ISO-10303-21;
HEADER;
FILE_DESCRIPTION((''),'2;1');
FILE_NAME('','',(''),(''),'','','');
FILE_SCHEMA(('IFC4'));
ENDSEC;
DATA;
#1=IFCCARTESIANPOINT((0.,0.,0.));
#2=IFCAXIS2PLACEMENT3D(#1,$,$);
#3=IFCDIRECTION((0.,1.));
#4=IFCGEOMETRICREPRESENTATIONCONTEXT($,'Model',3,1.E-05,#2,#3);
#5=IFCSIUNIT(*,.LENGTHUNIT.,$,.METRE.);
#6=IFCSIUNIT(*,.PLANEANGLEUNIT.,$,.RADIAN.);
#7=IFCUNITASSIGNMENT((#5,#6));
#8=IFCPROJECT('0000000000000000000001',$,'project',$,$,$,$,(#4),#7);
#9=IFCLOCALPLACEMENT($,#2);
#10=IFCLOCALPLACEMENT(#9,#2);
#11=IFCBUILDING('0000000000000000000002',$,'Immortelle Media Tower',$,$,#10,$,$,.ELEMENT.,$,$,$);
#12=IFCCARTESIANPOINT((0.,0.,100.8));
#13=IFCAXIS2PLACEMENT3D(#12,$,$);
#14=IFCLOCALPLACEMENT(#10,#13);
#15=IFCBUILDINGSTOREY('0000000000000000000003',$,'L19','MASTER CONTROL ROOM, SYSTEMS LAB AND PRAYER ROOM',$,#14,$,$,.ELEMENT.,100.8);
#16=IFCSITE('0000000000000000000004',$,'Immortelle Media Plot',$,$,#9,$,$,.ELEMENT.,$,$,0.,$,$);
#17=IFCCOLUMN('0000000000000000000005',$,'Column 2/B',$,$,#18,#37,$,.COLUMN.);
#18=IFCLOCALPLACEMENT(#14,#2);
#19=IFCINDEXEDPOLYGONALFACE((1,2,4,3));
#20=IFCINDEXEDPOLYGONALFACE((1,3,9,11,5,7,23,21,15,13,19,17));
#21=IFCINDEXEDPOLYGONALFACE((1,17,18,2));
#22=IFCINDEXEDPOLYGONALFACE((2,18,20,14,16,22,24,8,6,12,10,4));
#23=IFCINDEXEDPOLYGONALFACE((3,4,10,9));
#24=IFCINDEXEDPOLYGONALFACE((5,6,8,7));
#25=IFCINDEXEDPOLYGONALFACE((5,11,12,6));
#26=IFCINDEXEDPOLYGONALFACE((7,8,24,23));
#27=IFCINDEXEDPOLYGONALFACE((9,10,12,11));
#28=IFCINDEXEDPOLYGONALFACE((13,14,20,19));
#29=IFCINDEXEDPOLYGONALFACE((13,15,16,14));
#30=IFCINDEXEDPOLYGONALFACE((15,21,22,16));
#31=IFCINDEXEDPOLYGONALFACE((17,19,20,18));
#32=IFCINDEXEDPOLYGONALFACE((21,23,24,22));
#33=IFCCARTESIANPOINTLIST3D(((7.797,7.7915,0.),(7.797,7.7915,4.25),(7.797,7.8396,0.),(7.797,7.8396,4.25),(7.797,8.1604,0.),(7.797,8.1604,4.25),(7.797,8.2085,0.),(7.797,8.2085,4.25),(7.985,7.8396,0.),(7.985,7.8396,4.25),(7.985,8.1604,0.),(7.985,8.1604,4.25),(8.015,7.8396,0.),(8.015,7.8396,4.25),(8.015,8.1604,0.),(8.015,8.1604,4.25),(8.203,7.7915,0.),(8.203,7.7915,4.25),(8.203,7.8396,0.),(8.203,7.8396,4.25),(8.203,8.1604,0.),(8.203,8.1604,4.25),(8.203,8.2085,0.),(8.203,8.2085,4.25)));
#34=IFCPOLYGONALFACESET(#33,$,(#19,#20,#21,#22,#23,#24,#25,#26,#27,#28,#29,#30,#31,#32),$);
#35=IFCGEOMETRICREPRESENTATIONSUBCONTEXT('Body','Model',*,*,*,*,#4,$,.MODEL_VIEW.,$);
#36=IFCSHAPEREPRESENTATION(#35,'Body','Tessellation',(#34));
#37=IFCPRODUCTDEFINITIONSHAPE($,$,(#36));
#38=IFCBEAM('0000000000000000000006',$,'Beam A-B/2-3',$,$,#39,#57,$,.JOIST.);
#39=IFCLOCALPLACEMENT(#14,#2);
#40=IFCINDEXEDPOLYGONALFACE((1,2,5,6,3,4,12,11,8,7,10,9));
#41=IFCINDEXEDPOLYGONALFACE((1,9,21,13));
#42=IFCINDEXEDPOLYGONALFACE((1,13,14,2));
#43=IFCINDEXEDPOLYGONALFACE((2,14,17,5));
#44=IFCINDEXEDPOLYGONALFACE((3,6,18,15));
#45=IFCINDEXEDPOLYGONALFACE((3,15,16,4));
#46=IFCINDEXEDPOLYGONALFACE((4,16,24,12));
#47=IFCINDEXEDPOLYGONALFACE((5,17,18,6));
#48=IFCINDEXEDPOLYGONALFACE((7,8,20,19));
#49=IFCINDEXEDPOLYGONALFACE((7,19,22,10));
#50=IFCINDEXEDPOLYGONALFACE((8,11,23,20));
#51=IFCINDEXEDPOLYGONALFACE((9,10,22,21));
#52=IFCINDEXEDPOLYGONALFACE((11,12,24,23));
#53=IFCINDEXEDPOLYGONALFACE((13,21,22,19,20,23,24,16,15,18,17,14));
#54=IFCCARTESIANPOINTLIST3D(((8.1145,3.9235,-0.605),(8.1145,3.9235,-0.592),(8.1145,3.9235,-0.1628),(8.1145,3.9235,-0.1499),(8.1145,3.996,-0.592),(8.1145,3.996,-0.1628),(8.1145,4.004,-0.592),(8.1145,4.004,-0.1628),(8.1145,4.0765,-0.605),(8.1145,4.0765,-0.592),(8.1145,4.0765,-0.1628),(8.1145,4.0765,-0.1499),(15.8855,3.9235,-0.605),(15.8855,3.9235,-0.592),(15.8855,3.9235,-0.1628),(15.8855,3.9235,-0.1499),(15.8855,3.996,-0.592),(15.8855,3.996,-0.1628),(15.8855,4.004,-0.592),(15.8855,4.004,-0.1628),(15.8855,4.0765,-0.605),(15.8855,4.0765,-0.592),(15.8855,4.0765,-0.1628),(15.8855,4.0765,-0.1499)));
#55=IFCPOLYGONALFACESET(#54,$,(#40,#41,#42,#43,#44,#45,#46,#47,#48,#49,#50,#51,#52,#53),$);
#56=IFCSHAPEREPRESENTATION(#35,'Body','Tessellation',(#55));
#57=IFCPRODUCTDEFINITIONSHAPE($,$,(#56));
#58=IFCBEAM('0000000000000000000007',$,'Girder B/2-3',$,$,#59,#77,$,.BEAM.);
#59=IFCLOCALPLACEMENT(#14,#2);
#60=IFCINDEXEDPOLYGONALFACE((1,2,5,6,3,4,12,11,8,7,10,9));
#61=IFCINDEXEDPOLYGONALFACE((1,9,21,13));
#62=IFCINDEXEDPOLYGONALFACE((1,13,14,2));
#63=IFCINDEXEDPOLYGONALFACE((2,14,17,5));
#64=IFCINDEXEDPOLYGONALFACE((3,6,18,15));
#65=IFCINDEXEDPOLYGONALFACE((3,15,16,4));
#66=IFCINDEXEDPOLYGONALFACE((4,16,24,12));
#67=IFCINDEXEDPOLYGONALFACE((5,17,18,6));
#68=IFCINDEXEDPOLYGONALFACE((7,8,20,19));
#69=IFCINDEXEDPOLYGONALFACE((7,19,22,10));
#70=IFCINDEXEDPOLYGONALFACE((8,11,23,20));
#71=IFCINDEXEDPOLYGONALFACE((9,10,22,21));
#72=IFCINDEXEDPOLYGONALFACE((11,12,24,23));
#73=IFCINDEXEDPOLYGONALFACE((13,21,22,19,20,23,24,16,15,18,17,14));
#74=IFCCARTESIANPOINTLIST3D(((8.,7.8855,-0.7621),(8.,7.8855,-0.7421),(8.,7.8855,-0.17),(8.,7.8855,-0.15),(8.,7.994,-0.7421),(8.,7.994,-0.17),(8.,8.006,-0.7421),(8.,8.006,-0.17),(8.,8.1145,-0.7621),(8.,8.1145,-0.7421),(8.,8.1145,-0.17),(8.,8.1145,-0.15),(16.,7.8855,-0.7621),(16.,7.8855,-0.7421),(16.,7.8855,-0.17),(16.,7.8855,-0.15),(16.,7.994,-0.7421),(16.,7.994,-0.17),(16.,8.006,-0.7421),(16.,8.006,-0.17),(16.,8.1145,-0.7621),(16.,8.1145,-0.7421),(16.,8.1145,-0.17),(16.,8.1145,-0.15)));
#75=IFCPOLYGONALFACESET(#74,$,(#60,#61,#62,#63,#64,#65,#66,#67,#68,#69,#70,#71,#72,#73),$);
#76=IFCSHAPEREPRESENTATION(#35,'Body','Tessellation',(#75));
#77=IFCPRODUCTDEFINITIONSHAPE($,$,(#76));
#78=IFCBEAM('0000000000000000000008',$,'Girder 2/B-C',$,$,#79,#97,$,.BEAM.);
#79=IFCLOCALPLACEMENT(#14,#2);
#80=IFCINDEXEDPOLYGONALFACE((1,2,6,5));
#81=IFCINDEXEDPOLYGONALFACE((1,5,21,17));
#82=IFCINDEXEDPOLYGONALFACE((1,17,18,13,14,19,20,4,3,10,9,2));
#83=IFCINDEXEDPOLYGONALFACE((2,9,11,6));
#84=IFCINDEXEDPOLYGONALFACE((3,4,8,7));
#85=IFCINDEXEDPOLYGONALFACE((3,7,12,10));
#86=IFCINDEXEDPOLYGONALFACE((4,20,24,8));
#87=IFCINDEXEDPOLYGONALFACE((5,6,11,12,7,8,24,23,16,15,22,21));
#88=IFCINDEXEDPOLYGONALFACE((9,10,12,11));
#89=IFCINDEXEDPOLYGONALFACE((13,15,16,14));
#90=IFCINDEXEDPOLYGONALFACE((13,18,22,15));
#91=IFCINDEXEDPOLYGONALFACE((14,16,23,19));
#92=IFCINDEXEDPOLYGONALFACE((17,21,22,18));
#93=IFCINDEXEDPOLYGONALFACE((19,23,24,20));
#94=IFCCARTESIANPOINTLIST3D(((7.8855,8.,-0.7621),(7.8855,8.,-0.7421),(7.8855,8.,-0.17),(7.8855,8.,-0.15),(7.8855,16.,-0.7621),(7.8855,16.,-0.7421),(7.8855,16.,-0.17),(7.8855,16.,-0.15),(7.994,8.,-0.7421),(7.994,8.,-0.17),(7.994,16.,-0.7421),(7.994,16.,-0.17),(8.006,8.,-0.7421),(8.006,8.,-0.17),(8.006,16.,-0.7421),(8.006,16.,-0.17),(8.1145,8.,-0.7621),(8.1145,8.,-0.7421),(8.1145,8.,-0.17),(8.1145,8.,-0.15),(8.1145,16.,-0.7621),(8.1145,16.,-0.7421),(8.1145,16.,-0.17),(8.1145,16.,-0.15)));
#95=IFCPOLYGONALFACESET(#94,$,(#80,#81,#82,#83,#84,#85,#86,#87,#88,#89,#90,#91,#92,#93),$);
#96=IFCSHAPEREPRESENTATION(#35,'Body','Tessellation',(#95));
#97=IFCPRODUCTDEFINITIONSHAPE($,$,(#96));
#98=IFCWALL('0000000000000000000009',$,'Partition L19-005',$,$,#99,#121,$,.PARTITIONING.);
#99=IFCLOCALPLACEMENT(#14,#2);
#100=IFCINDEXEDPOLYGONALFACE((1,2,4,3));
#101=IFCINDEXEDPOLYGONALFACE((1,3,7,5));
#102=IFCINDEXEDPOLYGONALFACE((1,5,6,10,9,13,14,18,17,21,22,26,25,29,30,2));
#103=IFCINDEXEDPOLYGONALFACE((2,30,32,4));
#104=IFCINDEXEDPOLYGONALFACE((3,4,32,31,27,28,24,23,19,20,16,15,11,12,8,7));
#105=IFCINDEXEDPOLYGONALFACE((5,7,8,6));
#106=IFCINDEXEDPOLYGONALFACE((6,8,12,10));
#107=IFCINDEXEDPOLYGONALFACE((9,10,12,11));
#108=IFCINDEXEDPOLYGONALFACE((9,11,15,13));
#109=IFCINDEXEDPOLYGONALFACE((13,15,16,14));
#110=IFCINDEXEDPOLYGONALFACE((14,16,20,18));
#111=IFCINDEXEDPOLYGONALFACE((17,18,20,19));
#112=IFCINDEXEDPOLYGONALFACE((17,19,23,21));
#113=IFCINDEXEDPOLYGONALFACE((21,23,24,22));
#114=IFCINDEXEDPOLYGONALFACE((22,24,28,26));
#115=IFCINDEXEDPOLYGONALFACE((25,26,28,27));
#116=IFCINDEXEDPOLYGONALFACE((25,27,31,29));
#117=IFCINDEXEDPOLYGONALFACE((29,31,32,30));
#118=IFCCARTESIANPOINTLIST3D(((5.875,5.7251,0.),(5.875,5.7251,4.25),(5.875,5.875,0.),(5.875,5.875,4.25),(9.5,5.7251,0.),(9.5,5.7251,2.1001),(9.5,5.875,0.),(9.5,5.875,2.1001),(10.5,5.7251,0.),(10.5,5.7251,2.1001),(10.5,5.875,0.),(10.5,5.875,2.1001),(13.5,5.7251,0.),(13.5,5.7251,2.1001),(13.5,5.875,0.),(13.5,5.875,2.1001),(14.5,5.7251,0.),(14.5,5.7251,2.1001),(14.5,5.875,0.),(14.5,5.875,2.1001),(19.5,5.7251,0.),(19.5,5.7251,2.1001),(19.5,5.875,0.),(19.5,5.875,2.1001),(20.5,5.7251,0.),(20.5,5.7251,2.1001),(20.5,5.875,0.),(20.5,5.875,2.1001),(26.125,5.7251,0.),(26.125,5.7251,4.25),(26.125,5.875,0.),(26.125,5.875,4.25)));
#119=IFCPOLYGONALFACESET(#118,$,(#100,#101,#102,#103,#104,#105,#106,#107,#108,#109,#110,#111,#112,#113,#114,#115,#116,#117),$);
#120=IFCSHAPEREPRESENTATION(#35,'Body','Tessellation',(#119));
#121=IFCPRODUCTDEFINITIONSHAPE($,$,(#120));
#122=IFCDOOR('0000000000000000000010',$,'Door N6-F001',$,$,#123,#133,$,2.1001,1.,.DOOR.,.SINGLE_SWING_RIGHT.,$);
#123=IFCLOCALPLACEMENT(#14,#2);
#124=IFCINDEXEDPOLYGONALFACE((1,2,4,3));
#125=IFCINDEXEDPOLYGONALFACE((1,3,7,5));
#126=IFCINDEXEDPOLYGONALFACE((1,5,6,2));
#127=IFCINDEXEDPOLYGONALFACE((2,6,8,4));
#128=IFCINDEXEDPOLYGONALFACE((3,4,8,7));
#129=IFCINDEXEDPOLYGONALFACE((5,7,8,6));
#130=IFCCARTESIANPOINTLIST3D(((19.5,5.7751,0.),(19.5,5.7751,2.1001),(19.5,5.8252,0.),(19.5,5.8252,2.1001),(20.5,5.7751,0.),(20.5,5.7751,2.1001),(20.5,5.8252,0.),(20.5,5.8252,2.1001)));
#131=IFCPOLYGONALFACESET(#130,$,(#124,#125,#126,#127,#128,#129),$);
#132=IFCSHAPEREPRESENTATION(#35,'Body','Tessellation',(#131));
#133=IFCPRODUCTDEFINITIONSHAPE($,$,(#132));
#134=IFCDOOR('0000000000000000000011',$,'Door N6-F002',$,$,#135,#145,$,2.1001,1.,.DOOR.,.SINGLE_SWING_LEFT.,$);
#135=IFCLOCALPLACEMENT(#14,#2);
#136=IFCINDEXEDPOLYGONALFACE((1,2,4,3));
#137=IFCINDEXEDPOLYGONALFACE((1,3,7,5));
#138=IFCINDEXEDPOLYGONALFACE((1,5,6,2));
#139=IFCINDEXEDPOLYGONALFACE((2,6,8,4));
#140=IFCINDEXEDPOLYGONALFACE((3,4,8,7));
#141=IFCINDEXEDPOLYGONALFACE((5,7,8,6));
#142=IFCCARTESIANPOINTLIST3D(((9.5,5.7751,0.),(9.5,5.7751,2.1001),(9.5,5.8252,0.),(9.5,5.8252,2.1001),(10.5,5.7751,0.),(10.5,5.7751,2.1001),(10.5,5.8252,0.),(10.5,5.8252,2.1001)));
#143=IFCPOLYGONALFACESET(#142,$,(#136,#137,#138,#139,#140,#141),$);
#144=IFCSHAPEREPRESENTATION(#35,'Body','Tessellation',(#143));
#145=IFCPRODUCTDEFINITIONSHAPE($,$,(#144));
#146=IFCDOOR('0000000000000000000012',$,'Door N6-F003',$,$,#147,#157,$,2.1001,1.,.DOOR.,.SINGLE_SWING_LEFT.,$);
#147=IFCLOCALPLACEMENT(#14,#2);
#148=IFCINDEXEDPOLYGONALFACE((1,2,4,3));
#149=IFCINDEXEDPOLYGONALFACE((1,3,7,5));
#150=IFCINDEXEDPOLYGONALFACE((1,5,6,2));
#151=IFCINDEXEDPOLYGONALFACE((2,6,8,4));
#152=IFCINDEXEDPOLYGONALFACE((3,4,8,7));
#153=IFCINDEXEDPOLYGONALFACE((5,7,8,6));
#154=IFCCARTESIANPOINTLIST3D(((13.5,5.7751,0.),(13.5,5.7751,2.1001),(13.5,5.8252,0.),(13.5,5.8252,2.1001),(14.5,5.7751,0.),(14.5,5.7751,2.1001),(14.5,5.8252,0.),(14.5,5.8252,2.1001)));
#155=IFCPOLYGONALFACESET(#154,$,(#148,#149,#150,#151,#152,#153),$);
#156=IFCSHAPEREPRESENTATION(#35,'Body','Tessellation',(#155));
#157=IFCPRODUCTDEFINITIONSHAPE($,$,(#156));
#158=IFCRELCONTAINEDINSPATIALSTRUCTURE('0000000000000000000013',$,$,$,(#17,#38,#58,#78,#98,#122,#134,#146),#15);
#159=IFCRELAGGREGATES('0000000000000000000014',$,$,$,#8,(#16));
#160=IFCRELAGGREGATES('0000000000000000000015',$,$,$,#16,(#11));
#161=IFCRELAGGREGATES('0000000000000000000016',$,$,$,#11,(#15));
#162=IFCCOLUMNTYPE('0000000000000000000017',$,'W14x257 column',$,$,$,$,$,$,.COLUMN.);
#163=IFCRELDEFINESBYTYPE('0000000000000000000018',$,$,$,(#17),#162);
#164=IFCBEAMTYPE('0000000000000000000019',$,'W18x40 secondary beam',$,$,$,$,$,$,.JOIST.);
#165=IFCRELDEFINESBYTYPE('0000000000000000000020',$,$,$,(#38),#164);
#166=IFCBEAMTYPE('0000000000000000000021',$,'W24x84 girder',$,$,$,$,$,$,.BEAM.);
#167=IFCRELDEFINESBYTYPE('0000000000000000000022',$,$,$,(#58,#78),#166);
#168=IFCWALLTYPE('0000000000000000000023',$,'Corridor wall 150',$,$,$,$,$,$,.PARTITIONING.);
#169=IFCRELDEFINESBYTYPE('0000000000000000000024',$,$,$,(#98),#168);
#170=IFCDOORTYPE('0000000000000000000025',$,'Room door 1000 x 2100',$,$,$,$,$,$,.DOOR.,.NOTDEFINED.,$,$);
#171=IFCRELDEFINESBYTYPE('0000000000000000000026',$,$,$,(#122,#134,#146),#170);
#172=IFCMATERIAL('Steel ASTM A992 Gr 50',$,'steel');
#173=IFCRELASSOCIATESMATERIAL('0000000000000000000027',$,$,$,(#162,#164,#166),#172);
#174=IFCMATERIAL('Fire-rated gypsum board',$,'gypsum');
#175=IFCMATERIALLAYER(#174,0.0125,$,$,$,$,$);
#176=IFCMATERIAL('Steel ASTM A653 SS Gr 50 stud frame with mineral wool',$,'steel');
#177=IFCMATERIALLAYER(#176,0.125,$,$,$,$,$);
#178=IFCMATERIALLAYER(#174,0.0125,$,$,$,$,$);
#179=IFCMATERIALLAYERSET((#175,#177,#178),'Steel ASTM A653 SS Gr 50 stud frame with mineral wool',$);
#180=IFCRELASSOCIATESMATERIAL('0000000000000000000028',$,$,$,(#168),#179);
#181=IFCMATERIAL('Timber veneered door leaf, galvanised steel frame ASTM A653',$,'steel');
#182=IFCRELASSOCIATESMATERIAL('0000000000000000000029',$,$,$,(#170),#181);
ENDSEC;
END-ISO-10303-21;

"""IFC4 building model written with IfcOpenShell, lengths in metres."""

from ifc_helpers import new_model, si_unit, direction, frame, frame_2d, origin, origin_2d, place, context, subcontext, project, spatial, rectangle, i_section, extrude, material, layer, layer_set, material_profile, profile_set, type_object, element, fill, save


model = new_model("IFC4")

# Units and contexts
model_context = context("Model", 3, precision=1e-05, world=origin(), true_north=direction((0.0, 1.0)))
body_context = subcontext(model_context, "Body", "Model", "MODEL_VIEW")
ifc_project = project(units=[si_unit("LENGTHUNIT", "METRE"), si_unit("PLANEANGLEUNIT", "RADIAN")], contexts=[model_context])

# Site, building, storey
site_placement = place(None, origin())
site = spatial("IfcSite", under=ifc_project, at=site_placement, Name="Immortelle Media Plot", CompositionType="ELEMENT", RefElevation=0.0)
building_placement = place(site_placement, origin())
building = spatial("IfcBuilding", under=site, at=building_placement, Name="Immortelle Media Tower", CompositionType="ELEMENT")
storey_placement = place(building_placement, frame((0.0, 0.0, 100.8)))
storey = spatial("IfcBuildingStorey", under=building, at=storey_placement, Name="L19", Description="MASTER CONTROL ROOM, SYSTEMS LAB AND PRAYER ROOM", CompositionType="ELEMENT", Elevation=100.8)

# Column
ifc_material_1 = material(Name="Steel ASTM A992 Gr 50", Category="steel")
ifc_material_profile_1 = material_profile(ifc_material_1, i_section(OverallWidth=0.406, OverallDepth=0.417, WebThickness=0.03, FlangeThickness=0.0481, at=origin_2d()), Name="W14x257")
ifc_profile_set_1 = profile_set([ifc_material_profile_1], Name="Steel ASTM A992 Gr 50")
column_type = type_object("IfcColumnType", Name="W14x257 column", PredefinedType="COLUMN", material=ifc_profile_set_1)
column_placement = place(storey_placement, frame((8.0, 8.0, 0.0), z_axis=(0.0, 0.0, 1.0), x_axis=(1.0, 0.0, 0.0)))
element("IfcColumn", 1, at=column_placement, inside=storey, type_object=column_type, Name="Column 2/B", PredefinedType="COLUMN", context=body_context, shape_type="SweptSolid", body=[
    extrude(i_section(OverallWidth=0.406, OverallDepth=0.417, WebThickness=0.03, FlangeThickness=0.0481, at=origin_2d()), origin(), (0.0, 0.0, 1.0), 4.25),
])

# Beams
ifc_material_profile_2 = material_profile(ifc_material_1, i_section(OverallWidth=0.1531, OverallDepth=0.4551, WebThickness=0.0081, FlangeThickness=0.0129, at=origin_2d()), Name="W18x40")
ifc_profile_set_2 = profile_set([ifc_material_profile_2], Name="Steel ASTM A992 Gr 50")
beam_type_1 = type_object("IfcBeamType", Name="W18x40 secondary beam", PredefinedType="JOIST", material=ifc_profile_set_2)
beam_placement = place(storey_placement, frame((8.1145, 4.0, -0.3774), z_axis=(1.0, 0.0, 0.0), x_axis=(0.0, 1.0, 0.0)))
element("IfcBeam", 2, at=beam_placement, inside=storey, type_object=beam_type_1, Name="Beam A-B/2-3", PredefinedType="JOIST", context=body_context, shape_type="SweptSolid", body=[
    extrude(i_section(OverallWidth=0.1531, OverallDepth=0.4551, WebThickness=0.0081, FlangeThickness=0.0129, at=origin_2d()), origin(), (0.0, 0.0, 1.0), 7.771),
])
ifc_material_profile_3 = material_profile(ifc_material_1, i_section(OverallWidth=0.229, OverallDepth=0.6121, WebThickness=0.012, FlangeThickness=0.02, at=origin_2d()), Name="W24x84")
ifc_profile_set_3 = profile_set([ifc_material_profile_3], Name="Steel ASTM A992 Gr 50")
beam_type_2 = type_object("IfcBeamType", Name="W24x84 girder", PredefinedType="BEAM", material=ifc_profile_set_3)
for number, where, z_axis, x_axis, name in (
    (3, (8.0, 8.0, -0.4561), (1.0, 0.0, 0.0), (0.0, 1.0, 0.0), "Girder B/2-3"),
    (4, (8.0, 8.0, -0.4561), (0.0, 1.0, 0.0), (-1.0, 0.0, 0.0), "Girder 2/B-C"),
):
    element("IfcBeam", number, at=place(storey_placement, frame(where, z_axis=z_axis, x_axis=x_axis)), inside=storey, type_object=beam_type_2, Name=name, PredefinedType="BEAM", context=body_context, shape_type="SweptSolid", body=[
        extrude(i_section(OverallWidth=0.229, OverallDepth=0.6121, WebThickness=0.012, FlangeThickness=0.02, at=origin_2d()), origin(), (0.0, 0.0, 1.0), 8.0),
    ])

# Wall, openings, doors
ifc_material_2 = material(Name="Fire-rated gypsum board", Category="gypsum")
ifc_layer_1 = layer(ifc_material_2, 0.0125)
ifc_material_3 = material(Name="Steel ASTM A653 SS Gr 50 stud frame with mineral wool", Category="steel")
ifc_layer_2 = layer(ifc_material_3, 0.125)
ifc_layer_3 = layer(ifc_material_2, 0.0125)
ifc_layer_set_1 = layer_set([ifc_layer_1, ifc_layer_2, ifc_layer_3], Name="Steel ASTM A653 SS Gr 50 stud frame with mineral wool")
wall_type_1 = type_object("IfcWallType", Name="Corridor wall 150", PredefinedType="PARTITIONING", material=ifc_layer_set_1)
wall_1_placement = place(storey_placement, frame((5.875, 5.8, 0.0), z_axis=(0.0, 0.0, 1.0), x_axis=(1.0, 0.0, 0.0)))
wall_1 = element("IfcWall", 5, at=wall_1_placement, inside=storey, type_object=wall_type_1, Name="Partition L19-005", PredefinedType="PARTITIONING", context=body_context, shape_type="SweptSolid", body=[
    extrude(rectangle(XDim=20.25, YDim=0.1499, at=frame_2d((10.125, 0.0))), origin(), (0.0, 0.0, 1.0), 4.25),
])
opening_1_placement = place(wall_1_placement, frame((14.625, 0.0, 0.0), z_axis=(0.0, 0.0, 1.0), x_axis=(-1.0, 0.0, 0.0)))
opening_1 = element("IfcOpeningElement", 6, at=opening_1_placement, cuts=wall_1, PredefinedType="OPENING", context=body_context, shape_type="SweptSolid", body=[
    extrude(rectangle(XDim=1.0, YDim=2.1001, at=frame_2d((0.5, 1.05))), frame((0.0, 0.085, 0.0), z_axis=(0.0, -1.0, 0.0), x_axis=(1.0, 0.0, 0.0)), (0.0, 0.0, 1.0), 0.1699),
])
opening_2_placement = place(wall_1_placement, frame((4.625, 0.0, 0.0), z_axis=(0.0, 0.0, 1.0), x_axis=(-1.0, 0.0, 0.0)))
opening_2 = element("IfcOpeningElement", 7, at=opening_2_placement, cuts=wall_1, PredefinedType="OPENING", context=body_context, shape_type="SweptSolid", body=[
    extrude(rectangle(XDim=1.0, YDim=2.1001, at=frame_2d((0.5, 1.05))), frame((0.0, 0.085, 0.0), z_axis=(0.0, -1.0, 0.0), x_axis=(1.0, 0.0, 0.0)), (0.0, 0.0, 1.0), 0.1699),
])
opening_3_placement = place(wall_1_placement, frame((8.625, 0.0, 0.0), z_axis=(0.0, 0.0, 1.0), x_axis=(-1.0, 0.0, 0.0)))
opening_3 = element("IfcOpeningElement", 8, at=opening_3_placement, cuts=wall_1, PredefinedType="OPENING", context=body_context, shape_type="SweptSolid", body=[
    extrude(rectangle(XDim=1.0, YDim=2.1001, at=frame_2d((0.5, 1.05))), frame((0.0, 0.085, 0.0), z_axis=(0.0, -1.0, 0.0), x_axis=(1.0, 0.0, 0.0)), (0.0, 0.0, 1.0), 0.1699),
])
ifc_material_4 = material(Name="Timber veneered door leaf, galvanised steel frame ASTM A653", Category="steel")
door_type_1 = type_object("IfcDoorType", Name="Room door 1000 x 2100", OperationType="NOTDEFINED", PredefinedType="DOOR", material=ifc_material_4)
door_1_placement = place(opening_1_placement, origin())
door_1 = element("IfcDoor", 9, at=door_1_placement, inside=storey, type_object=door_type_1, Name="Door N6-F001", OperationType="SINGLE_SWING_RIGHT", OverallHeight=2.1001, OverallWidth=1.0, PredefinedType="DOOR", context=body_context, shape_type="SweptSolid", body=[
    extrude(rectangle(XDim=1.0, YDim=2.1001, at=frame_2d((0.5, 1.05))), frame((0.0, 0.0249, 0.0), z_axis=(0.0, -1.0, 0.0), x_axis=(1.0, 0.0, 0.0)), (0.0, 0.0, 1.0), 0.05),
])
fill(opening_1, door_1)
door_2_placement = place(opening_2_placement, origin())
door_2 = element("IfcDoor", 10, at=door_2_placement, inside=storey, type_object=door_type_1, Name="Door N6-F002", OperationType="SINGLE_SWING_LEFT", OverallHeight=2.1001, OverallWidth=1.0, PredefinedType="DOOR", context=body_context, shape_type="SweptSolid", body=[
    extrude(rectangle(XDim=1.0, YDim=2.1001, at=frame_2d((0.5, 1.05))), frame((0.0, 0.0249, 0.0), z_axis=(0.0, -1.0, 0.0), x_axis=(1.0, 0.0, 0.0)), (0.0, 0.0, 1.0), 0.05),
])
fill(opening_2, door_2)
door_3_placement = place(opening_3_placement, origin())
door_3 = element("IfcDoor", 11, at=door_3_placement, inside=storey, type_object=door_type_1, Name="Door N6-F003", OperationType="SINGLE_SWING_LEFT", OverallHeight=2.1001, OverallWidth=1.0, PredefinedType="DOOR", context=body_context, shape_type="SweptSolid", body=[
    extrude(rectangle(XDim=1.0, YDim=2.1001, at=frame_2d((0.5, 1.05))), frame((0.0, 0.0249, 0.0), z_axis=(0.0, -1.0, 0.0), x_axis=(1.0, 0.0, 0.0)), (0.0, 0.0, 1.0), 0.05),
])
fill(opening_3, door_3)

save(model, "model.ifc")
